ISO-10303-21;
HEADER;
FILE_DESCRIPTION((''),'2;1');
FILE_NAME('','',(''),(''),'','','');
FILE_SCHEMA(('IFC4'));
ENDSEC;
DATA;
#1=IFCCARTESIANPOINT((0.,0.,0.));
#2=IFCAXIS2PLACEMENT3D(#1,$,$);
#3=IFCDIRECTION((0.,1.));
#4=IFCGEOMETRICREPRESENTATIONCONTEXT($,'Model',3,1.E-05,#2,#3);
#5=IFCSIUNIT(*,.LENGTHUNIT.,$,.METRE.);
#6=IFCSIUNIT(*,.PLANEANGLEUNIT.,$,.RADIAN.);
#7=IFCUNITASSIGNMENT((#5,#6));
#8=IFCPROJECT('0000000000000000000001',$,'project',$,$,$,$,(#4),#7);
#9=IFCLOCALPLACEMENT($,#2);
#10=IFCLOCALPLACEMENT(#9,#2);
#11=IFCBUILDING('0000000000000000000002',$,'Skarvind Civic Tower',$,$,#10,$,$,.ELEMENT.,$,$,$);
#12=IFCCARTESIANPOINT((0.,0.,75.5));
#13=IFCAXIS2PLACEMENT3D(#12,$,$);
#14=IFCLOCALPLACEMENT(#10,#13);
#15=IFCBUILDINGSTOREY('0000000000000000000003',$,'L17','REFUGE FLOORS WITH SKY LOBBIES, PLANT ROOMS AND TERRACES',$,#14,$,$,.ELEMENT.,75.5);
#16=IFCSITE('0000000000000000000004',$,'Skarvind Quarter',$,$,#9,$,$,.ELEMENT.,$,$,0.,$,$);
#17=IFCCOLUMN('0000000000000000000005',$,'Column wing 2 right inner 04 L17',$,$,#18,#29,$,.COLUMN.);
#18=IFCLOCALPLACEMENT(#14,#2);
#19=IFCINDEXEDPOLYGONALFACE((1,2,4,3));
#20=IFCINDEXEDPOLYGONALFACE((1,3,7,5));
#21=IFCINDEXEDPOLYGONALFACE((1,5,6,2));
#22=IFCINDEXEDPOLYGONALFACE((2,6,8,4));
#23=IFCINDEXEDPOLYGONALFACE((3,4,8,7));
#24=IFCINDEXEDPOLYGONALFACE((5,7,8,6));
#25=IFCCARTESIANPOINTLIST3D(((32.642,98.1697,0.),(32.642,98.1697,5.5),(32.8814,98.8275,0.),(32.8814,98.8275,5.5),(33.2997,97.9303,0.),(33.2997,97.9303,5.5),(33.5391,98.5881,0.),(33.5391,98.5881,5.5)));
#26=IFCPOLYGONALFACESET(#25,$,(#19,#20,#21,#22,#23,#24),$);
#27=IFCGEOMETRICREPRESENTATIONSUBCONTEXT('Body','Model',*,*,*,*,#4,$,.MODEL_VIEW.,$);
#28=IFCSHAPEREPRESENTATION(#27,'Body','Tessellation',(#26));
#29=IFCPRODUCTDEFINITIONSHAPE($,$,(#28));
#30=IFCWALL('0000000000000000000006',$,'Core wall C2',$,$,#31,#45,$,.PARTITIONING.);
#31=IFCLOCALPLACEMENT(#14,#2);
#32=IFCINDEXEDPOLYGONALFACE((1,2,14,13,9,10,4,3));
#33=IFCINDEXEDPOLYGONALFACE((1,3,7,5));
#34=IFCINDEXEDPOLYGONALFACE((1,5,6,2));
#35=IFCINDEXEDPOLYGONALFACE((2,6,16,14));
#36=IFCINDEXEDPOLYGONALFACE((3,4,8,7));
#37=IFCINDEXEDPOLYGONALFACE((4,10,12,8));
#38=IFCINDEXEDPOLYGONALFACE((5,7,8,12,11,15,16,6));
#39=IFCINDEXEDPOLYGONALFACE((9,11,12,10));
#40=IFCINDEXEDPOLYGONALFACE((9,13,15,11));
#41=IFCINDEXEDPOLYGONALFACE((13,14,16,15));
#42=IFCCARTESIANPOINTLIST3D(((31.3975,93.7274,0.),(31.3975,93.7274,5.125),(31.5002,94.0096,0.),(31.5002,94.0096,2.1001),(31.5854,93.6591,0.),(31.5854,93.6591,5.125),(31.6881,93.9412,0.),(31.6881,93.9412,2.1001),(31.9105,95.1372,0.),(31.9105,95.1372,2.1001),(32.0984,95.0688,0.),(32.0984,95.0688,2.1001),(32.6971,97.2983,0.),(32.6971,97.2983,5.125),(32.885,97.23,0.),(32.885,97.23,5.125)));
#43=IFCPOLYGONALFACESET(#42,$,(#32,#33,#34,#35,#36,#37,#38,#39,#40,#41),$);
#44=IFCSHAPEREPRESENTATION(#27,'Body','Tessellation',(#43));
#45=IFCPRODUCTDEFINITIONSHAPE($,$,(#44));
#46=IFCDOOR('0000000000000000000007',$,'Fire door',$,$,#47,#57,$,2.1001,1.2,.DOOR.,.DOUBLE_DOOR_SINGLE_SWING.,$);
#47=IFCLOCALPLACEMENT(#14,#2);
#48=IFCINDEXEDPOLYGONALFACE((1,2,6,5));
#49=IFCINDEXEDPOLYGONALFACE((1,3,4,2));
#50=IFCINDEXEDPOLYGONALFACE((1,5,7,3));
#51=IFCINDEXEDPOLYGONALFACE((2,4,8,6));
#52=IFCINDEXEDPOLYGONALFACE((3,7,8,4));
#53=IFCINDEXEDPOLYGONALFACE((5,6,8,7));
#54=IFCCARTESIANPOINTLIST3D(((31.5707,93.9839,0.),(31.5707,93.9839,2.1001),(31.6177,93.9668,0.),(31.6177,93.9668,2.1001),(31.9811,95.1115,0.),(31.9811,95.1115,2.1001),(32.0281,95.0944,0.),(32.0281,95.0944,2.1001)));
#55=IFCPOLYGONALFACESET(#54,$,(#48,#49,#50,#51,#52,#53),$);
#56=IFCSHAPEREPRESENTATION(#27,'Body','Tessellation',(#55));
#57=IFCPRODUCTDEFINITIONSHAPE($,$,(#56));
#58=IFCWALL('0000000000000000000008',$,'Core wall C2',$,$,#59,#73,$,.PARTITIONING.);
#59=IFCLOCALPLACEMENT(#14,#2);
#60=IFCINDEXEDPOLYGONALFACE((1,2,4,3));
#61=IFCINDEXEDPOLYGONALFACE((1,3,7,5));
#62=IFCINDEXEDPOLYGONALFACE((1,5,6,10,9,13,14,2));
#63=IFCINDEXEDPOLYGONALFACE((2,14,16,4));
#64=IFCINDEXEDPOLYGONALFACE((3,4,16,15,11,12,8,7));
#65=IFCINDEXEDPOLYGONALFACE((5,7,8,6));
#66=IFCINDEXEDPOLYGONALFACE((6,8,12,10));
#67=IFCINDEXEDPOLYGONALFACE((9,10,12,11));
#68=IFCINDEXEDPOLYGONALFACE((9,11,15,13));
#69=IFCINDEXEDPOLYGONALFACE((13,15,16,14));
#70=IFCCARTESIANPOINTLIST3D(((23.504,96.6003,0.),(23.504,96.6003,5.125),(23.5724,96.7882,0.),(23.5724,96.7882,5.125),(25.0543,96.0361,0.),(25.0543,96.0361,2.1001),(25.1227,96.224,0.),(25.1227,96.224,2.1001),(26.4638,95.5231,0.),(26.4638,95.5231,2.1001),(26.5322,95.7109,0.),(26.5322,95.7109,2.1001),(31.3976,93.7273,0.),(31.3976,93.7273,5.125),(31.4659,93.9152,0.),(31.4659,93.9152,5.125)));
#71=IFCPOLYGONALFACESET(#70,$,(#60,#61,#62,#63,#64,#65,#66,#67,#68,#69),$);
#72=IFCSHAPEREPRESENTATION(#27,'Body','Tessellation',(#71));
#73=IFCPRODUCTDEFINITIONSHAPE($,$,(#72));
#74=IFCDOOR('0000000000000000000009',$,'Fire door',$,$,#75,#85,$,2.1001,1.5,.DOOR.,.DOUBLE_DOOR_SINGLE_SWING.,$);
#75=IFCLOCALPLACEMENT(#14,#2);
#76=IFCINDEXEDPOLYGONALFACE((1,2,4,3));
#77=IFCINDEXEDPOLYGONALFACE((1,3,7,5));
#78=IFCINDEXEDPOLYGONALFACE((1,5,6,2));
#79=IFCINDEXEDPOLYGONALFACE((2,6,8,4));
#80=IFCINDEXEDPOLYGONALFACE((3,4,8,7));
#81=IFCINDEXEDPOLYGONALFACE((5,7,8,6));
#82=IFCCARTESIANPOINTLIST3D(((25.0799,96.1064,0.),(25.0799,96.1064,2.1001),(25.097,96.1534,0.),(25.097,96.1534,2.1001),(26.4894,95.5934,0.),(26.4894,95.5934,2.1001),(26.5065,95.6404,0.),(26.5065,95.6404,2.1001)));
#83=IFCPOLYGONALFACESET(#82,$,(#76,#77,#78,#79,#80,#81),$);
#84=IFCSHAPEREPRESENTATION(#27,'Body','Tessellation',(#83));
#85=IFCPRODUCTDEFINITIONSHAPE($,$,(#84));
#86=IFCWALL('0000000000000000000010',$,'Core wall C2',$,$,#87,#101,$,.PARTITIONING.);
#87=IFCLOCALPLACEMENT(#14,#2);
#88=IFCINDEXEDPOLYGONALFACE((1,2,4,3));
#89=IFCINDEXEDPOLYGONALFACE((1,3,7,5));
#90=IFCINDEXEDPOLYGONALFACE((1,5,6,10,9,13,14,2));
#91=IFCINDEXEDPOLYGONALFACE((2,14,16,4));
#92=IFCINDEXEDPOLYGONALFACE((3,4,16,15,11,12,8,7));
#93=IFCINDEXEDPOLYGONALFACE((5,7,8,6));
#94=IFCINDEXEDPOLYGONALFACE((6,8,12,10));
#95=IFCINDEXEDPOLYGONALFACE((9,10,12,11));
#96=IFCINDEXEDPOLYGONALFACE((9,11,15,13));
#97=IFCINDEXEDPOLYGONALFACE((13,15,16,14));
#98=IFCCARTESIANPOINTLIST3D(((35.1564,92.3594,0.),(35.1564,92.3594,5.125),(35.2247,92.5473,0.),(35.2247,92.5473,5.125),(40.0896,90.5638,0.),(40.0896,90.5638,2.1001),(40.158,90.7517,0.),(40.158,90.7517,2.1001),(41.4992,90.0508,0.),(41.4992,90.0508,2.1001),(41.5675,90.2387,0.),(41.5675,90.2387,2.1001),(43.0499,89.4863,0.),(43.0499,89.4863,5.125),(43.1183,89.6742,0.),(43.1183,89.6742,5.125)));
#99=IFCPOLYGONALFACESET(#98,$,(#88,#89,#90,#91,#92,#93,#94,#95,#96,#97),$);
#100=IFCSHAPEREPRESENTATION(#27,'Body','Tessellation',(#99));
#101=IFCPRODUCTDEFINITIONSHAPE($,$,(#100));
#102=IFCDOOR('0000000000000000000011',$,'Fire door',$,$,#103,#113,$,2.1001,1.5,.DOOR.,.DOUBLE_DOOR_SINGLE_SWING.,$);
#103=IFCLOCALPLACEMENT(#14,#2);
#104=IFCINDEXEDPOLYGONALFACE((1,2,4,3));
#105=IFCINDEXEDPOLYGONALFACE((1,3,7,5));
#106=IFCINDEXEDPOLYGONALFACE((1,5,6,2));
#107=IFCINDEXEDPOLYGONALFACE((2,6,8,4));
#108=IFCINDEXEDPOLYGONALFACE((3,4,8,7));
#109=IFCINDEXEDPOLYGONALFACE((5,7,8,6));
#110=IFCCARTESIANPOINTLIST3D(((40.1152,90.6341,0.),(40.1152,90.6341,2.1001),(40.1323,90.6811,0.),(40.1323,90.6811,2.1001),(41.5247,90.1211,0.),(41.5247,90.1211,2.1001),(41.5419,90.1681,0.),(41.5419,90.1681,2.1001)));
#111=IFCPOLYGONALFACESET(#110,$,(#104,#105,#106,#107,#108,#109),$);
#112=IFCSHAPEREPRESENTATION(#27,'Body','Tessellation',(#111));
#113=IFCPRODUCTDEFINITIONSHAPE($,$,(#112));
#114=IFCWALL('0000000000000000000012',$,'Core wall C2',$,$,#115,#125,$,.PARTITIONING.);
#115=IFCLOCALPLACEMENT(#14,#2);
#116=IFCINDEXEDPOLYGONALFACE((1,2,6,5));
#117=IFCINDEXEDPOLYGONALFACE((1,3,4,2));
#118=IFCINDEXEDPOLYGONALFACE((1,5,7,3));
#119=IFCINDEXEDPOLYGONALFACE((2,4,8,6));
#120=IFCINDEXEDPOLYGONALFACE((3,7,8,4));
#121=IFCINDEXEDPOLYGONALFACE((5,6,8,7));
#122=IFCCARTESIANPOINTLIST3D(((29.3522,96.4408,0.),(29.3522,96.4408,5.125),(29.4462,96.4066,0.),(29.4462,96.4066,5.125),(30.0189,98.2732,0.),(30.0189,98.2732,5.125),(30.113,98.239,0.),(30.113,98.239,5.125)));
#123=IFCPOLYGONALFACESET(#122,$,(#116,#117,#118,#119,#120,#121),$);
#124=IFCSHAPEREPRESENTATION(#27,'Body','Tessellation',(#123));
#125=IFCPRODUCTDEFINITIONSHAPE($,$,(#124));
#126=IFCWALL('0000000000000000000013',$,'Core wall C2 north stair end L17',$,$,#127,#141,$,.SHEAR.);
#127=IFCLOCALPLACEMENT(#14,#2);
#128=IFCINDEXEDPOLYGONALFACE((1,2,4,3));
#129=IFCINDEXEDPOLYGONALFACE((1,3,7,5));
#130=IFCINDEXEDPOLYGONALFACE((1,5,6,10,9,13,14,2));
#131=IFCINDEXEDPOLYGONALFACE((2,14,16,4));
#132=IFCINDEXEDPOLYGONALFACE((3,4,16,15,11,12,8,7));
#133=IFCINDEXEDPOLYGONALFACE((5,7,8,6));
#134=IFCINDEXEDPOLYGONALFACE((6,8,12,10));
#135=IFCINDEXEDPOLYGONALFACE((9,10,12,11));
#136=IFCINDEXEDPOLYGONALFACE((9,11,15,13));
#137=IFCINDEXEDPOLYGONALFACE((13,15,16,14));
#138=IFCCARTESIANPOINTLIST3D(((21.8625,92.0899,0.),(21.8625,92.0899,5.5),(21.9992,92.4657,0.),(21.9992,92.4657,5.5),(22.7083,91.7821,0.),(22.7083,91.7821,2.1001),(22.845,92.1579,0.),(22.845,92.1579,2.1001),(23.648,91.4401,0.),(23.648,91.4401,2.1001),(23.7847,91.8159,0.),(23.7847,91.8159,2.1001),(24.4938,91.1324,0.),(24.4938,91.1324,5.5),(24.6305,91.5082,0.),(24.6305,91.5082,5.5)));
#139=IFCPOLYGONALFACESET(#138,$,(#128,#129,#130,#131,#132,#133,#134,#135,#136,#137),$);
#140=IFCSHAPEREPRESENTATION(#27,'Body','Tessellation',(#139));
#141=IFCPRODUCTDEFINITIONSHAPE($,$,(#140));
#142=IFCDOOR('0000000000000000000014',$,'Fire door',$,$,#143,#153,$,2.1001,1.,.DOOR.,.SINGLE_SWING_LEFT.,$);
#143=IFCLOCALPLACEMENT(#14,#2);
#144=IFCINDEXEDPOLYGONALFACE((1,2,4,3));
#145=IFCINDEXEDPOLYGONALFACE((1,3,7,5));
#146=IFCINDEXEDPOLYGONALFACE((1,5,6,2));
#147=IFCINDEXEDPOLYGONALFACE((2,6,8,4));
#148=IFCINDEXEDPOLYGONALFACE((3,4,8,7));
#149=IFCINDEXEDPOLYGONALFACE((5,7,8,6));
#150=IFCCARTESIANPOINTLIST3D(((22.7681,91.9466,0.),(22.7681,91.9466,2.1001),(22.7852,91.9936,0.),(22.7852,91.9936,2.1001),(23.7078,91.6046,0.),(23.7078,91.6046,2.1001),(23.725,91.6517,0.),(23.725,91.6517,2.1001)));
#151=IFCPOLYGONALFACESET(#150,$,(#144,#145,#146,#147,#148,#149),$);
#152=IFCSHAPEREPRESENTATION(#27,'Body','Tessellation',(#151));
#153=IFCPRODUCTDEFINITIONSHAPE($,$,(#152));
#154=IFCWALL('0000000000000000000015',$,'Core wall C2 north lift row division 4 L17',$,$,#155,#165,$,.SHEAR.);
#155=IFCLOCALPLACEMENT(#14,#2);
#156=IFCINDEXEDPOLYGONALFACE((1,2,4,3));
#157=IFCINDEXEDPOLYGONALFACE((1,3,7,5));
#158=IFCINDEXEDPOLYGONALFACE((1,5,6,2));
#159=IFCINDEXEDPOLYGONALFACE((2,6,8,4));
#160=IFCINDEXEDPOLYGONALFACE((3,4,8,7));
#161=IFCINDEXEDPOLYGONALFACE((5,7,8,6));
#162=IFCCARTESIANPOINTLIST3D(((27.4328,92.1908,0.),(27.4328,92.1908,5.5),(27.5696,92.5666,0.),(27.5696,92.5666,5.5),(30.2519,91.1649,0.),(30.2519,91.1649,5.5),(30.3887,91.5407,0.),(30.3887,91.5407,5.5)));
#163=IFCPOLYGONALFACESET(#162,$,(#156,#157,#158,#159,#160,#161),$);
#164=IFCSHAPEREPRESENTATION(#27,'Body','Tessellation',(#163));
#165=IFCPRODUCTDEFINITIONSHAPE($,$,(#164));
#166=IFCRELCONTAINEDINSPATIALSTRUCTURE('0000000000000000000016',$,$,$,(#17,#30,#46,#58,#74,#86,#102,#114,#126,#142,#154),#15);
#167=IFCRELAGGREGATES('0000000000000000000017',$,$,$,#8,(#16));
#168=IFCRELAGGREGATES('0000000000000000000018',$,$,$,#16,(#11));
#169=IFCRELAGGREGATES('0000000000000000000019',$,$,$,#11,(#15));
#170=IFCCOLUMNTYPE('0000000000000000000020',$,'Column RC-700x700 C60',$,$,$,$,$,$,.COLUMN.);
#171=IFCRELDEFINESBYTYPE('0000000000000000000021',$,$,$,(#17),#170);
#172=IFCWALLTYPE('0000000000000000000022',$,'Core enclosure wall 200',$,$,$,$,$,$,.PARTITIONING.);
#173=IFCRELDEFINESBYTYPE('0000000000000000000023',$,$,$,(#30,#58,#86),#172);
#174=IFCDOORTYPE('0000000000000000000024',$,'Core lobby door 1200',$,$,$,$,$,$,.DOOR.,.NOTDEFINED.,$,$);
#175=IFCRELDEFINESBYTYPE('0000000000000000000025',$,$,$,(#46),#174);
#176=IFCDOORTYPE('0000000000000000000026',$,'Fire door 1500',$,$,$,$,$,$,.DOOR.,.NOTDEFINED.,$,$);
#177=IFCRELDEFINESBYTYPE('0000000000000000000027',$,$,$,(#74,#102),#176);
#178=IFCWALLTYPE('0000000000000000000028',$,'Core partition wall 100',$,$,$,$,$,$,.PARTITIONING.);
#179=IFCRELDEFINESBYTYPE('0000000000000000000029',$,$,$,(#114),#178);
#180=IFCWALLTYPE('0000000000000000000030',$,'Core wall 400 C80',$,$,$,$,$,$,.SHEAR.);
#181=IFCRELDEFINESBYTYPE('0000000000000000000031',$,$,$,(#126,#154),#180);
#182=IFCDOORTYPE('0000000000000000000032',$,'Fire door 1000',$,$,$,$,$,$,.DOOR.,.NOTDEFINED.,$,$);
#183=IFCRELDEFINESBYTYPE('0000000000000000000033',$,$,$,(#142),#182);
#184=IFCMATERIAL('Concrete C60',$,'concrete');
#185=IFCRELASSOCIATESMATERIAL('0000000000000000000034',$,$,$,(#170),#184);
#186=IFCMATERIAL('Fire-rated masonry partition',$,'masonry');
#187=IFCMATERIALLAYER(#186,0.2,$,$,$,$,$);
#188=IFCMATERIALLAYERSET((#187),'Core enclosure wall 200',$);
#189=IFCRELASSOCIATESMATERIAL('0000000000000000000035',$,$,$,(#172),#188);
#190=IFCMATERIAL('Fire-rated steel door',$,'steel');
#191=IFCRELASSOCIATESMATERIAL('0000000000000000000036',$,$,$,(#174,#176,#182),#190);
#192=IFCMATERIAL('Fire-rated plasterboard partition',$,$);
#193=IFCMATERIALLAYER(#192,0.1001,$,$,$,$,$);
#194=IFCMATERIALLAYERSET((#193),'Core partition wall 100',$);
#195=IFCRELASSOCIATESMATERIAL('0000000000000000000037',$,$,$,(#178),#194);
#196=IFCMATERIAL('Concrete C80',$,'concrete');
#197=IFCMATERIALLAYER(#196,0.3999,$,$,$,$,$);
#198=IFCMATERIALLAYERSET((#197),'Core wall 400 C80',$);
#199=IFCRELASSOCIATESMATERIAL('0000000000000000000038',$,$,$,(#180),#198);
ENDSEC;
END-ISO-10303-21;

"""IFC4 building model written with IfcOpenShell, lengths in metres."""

from ifc_helpers import new_model, si_unit, direction, frame, frame_2d, origin, origin_2d, place, context, subcontext, project, spatial, rectangle, extrude, material, layer, layer_set, material_profile, profile_set, type_object, element, fill, save


model = new_model("IFC4")

# Units and contexts
model_context = context("Model", 3, precision=1e-05, world=origin(), true_north=direction((0.0, 1.0)))
body_context = subcontext(model_context, "Body", "Model", "MODEL_VIEW")
ifc_project = project(units=[si_unit("LENGTHUNIT", "METRE"), si_unit("PLANEANGLEUNIT", "RADIAN")], contexts=[model_context])

# Site, building, storey
site_placement = place(None, origin())
site = spatial("IfcSite", under=ifc_project, at=site_placement, Name="Skarvind Quarter", CompositionType="ELEMENT", RefElevation=0.0)
building_placement = place(site_placement, origin())
building = spatial("IfcBuilding", under=site, at=building_placement, Name="Skarvind Civic Tower", CompositionType="ELEMENT")
storey_placement = place(building_placement, frame((0.0, 0.0, 75.5)))
storey = spatial("IfcBuildingStorey", under=building, at=storey_placement, Name="L17", Description="REFUGE FLOORS WITH SKY LOBBIES, PLANT ROOMS AND TERRACES", CompositionType="ELEMENT", Elevation=75.5)

# Column
ifc_material_1 = material(Name="Concrete C60", Category="concrete")
ifc_material_profile = material_profile(ifc_material_1, rectangle(XDim=0.7, YDim=0.7, at=origin_2d()), Name="RC-700x700")
ifc_profile_set = profile_set([ifc_material_profile], Name="Concrete C60")
column_type = type_object("IfcColumnType", Name="Column RC-700x700 C60", PredefinedType="COLUMN", material=ifc_profile_set)
column_placement = place(storey_placement, frame((33.0906, 98.3789, 0.0), z_axis=(0.0, 0.0, 1.0), x_axis=(-0.34202, -0.939693, 0.0)))
element("IfcColumn", 1, at=column_placement, inside=storey, type_object=column_type, Name="Column wing 2 right inner 04 L17", PredefinedType="COLUMN", context=body_context, shape_type="SweptSolid", body=[
    extrude(rectangle(XDim=0.7, YDim=0.7, at=origin_2d()), origin(), (0.0, 0.0, 1.0), 5.5),
])

# Walls, openings, doors
ifc_material_2 = material(Name="Fire-rated masonry partition", Category="masonry")
ifc_layer_1 = layer(ifc_material_2, 0.2)
ifc_layer_set_1 = layer_set([ifc_layer_1], Name="Core enclosure wall 200")
wall_type_1 = type_object("IfcWallType", Name="Core enclosure wall 200", PredefinedType="PARTITIONING", material=ifc_layer_set_1)
wall_1_placement = place(storey_placement, frame((31.4915, 93.6934, 0.0), z_axis=(0.0, 0.0, 1.0), x_axis=(0.341996, 0.939701, 0.0)))
wall_1 = element("IfcWall", 2, at=wall_1_placement, inside=storey, type_object=wall_type_1, Name="Core wall C2", PredefinedType="PARTITIONING", context=body_context, shape_type="SweptSolid", body=[
    extrude(rectangle(XDim=3.8, YDim=0.2, at=frame_2d((1.8999, 0.0))), origin(), (0.0, 0.0, 1.0), 5.125),
])
opening_1_placement = place(wall_1_placement, frame((0.3, 0.0, 0.0)))
opening_1 = element("IfcOpeningElement", 3, at=opening_1_placement, cuts=wall_1, PredefinedType="OPENING", context=body_context, shape_type="SweptSolid", body=[
    extrude(rectangle(XDim=1.2, YDim=2.1001, at=frame_2d((0.6001, 1.05))), frame((0.0, 0.1099, 0.0), z_axis=(0.0, -1.0, 0.0), x_axis=(1.0, 0.0, 0.0)), (0.0, 0.0, 1.0), 0.22),
])
ifc_material_3 = material(Name="Fire-rated steel door", Category="steel")
door_type_1 = type_object("IfcDoorType", Name="Core lobby door 1200", OperationType="NOTDEFINED", PredefinedType="DOOR", material=ifc_material_3)
door_1_placement = place(opening_1_placement, origin())
door_1 = element("IfcDoor", 4, at=door_1_placement, inside=storey, type_object=door_type_1, Name="Fire door", OperationType="DOUBLE_DOOR_SINGLE_SWING", OverallHeight=2.1001, OverallWidth=1.2, PredefinedType="DOOR", context=body_context, shape_type="SweptSolid", body=[
    extrude(rectangle(XDim=1.2, YDim=2.1001, at=frame_2d((0.6001, 1.05))), frame((0.0, 0.0249, 0.0), z_axis=(0.0, -1.0, 0.0), x_axis=(1.0, 0.0, 0.0)), (0.0, 0.0, 1.0), 0.05),
])
fill(opening_1, door_1)
wall_2_placement = place(storey_placement, frame((23.5381, 96.6943, 0.0), z_axis=(0.0, 0.0, 1.0), x_axis=(0.939692, -0.342023, 0.0)))
wall_2 = element("IfcWall", 5, at=wall_2_placement, inside=storey, type_object=wall_type_1, Name="Core wall C2", PredefinedType="PARTITIONING", context=body_context, shape_type="SweptSolid", body=[
    extrude(rectangle(XDim=8.4001, YDim=0.2, at=frame_2d((4.2002, 0.0))), origin(), (0.0, 0.0, 1.0), 5.125),
])
opening_2_placement = place(wall_2_placement, frame((1.6499, 0.0, 0.0)))
opening_2 = element("IfcOpeningElement", 6, at=opening_2_placement, cuts=wall_2, PredefinedType="OPENING", context=body_context, shape_type="SweptSolid", body=[
    extrude(rectangle(XDim=1.5, YDim=2.1001, at=frame_2d((0.75, 1.05))), frame((0.0, 0.1099, 0.0), z_axis=(0.0, -1.0, 0.0), x_axis=(1.0, 0.0, 0.0)), (0.0, 0.0, 1.0), 0.22),
])
door_type_2 = type_object("IfcDoorType", Name="Fire door 1500", OperationType="NOTDEFINED", PredefinedType="DOOR", material=ifc_material_3)
door_2_placement = place(opening_2_placement, origin())
door_2 = element("IfcDoor", 7, at=door_2_placement, inside=storey, type_object=door_type_2, Name="Fire door", OperationType="DOUBLE_DOOR_SINGLE_SWING", OverallHeight=2.1001, OverallWidth=1.5, PredefinedType="DOOR", context=body_context, shape_type="SweptSolid", body=[
    extrude(rectangle(XDim=1.5, YDim=2.1001, at=frame_2d((0.75, 1.05))), frame((0.0, 0.0249, 0.0), z_axis=(0.0, -1.0, 0.0), x_axis=(1.0, 0.0, 0.0)), (0.0, 0.0, 1.0), 0.05),
])
fill(opening_2, door_2)
wall_3_placement = place(storey_placement, frame((35.1904, 92.4534, 0.0), z_axis=(0.0, 0.0, 1.0), x_axis=(0.939692, -0.342023, 0.0)))
wall_3 = element("IfcWall", 8, at=wall_3_placement, inside=storey, type_object=wall_type_1, Name="Core wall C2", PredefinedType="PARTITIONING", context=body_context, shape_type="SweptSolid", body=[
    extrude(rectangle(XDim=8.4001, YDim=0.2, at=frame_2d((4.2002, 0.0))), origin(), (0.0, 0.0, 1.0), 5.125),
])
opening_3_placement = place(wall_3_placement, frame((5.25, 0.0, 0.0)))
opening_3 = element("IfcOpeningElement", 9, at=opening_3_placement, cuts=wall_3, PredefinedType="OPENING", context=body_context, shape_type="SweptSolid", body=[
    extrude(rectangle(XDim=1.5, YDim=2.1001, at=frame_2d((0.75, 1.05))), frame((0.0, 0.1099, 0.0), z_axis=(0.0, -1.0, 0.0), x_axis=(1.0, 0.0, 0.0)), (0.0, 0.0, 1.0), 0.22),
])
door_3_placement = place(opening_3_placement, origin())
door_3 = element("IfcDoor", 10, at=door_3_placement, inside=storey, type_object=door_type_2, Name="Fire door", OperationType="DOUBLE_DOOR_SINGLE_SWING", OverallHeight=2.1001, OverallWidth=1.5, PredefinedType="DOOR", context=body_context, shape_type="SweptSolid", body=[
    extrude(rectangle(XDim=1.5, YDim=2.1001, at=frame_2d((0.75, 1.05))), frame((0.0, 0.0249, 0.0), z_axis=(0.0, -1.0, 0.0), x_axis=(1.0, 0.0, 0.0)), (0.0, 0.0, 1.0), 0.05),
])
fill(opening_3, door_3)

# Wall
ifc_material_4 = material(Name="Fire-rated plasterboard partition")
ifc_layer_2 = layer(ifc_material_4, 0.1001)
ifc_layer_set_2 = layer_set([ifc_layer_2], Name="Core partition wall 100")
wall_type_2 = type_object("IfcWallType", Name="Core partition wall 100", PredefinedType="PARTITIONING", material=ifc_layer_set_2)
wall_4_placement = place(storey_placement, frame((29.3992, 96.4236, 0.0), z_axis=(0.0, 0.0, 1.0), x_axis=(0.341914, 0.939731, 0.0)))
element("IfcWall", 11, at=wall_4_placement, inside=storey, type_object=wall_type_2, Name="Core wall C2", PredefinedType="PARTITIONING", context=body_context, shape_type="SweptSolid", body=[
    extrude(rectangle(XDim=1.95, YDim=0.1001, at=frame_2d((0.9751, 0.0))), origin(), (0.0, 0.0, 1.0), 5.125),
])

# Wall, opening, door
ifc_material_5 = material(Name="Concrete C80", Category="concrete")
ifc_layer_3 = layer(ifc_material_5, 0.3999)
ifc_layer_set_3 = layer_set([ifc_layer_3], Name="Core wall 400 C80")
wall_type_3 = type_object("IfcWallType", Name="Core wall 400 C80", PredefinedType="SHEAR", material=ifc_layer_set_3)
wall_5_placement = place(storey_placement, frame((24.562, 91.3203, 0.0), z_axis=(0.0, 0.0, 1.0), x_axis=(-0.939717, 0.341953, 0.0)))
wall_5 = element("IfcWall", 12, at=wall_5_placement, inside=storey, type_object=wall_type_3, Name="Core wall C2 north stair end L17", PredefinedType="SHEAR", context=body_context, shape_type="SweptSolid", body=[
    extrude(rectangle(XDim=2.8, YDim=0.3999, at=frame_2d((1.3999, 0.0))), origin(), (0.0, 0.0, 1.0), 5.5),
])
opening_4_placement = place(wall_5_placement, frame((0.8999, 0.0, 0.0)))
opening_4 = element("IfcOpeningElement", 13, at=opening_4_placement, cuts=wall_5, PredefinedType="OPENING", context=body_context, shape_type="SweptSolid", body=[
    extrude(rectangle(XDim=1.0, YDim=2.1001, at=frame_2d((0.5, 1.05))), frame((0.0, 0.21, 0.0), z_axis=(0.0, -1.0, 0.0), x_axis=(1.0, 0.0, 0.0)), (0.0, 0.0, 1.0), 0.4199),
])
door_type_3 = type_object("IfcDoorType", Name="Fire door 1000", OperationType="NOTDEFINED", PredefinedType="DOOR", material=ifc_material_3)
door_4_placement = place(opening_4_placement, origin())
door_4 = element("IfcDoor", 14, at=door_4_placement, inside=storey, type_object=door_type_3, Name="Fire door", OperationType="SINGLE_SWING_LEFT", OverallHeight=2.1001, OverallWidth=1.0, PredefinedType="DOOR", context=body_context, shape_type="SweptSolid", body=[
    extrude(rectangle(XDim=1.0, YDim=2.1001, at=frame_2d((0.5, 1.05))), frame((0.0, 0.0249, 0.0), z_axis=(0.0, -1.0, 0.0), x_axis=(1.0, 0.0, 0.0)), (0.0, 0.0, 1.0), 0.05),
])
fill(opening_4, door_4)

# Wall
for number, where, z_axis, x_axis, name in (
    (15, (30.3203, 91.3528, 0.0), (0.0, 0.0, 1.0), (-0.939713, 0.341965, 0.0), "Core wall C2 north lift row division 4 L17"),
):
    element("IfcWall", number, at=place(storey_placement, frame(where, z_axis=z_axis, x_axis=x_axis)), inside=storey, type_object=wall_type_3, Name=name, PredefinedType="SHEAR", context=body_context, shape_type="SweptSolid", body=[
        extrude(rectangle(XDim=3.0, YDim=0.3999, at=frame_2d((1.5, 0.0))), origin(), (0.0, 0.0, 1.0), 5.5),
    ])

save(model, "model.ifc")
